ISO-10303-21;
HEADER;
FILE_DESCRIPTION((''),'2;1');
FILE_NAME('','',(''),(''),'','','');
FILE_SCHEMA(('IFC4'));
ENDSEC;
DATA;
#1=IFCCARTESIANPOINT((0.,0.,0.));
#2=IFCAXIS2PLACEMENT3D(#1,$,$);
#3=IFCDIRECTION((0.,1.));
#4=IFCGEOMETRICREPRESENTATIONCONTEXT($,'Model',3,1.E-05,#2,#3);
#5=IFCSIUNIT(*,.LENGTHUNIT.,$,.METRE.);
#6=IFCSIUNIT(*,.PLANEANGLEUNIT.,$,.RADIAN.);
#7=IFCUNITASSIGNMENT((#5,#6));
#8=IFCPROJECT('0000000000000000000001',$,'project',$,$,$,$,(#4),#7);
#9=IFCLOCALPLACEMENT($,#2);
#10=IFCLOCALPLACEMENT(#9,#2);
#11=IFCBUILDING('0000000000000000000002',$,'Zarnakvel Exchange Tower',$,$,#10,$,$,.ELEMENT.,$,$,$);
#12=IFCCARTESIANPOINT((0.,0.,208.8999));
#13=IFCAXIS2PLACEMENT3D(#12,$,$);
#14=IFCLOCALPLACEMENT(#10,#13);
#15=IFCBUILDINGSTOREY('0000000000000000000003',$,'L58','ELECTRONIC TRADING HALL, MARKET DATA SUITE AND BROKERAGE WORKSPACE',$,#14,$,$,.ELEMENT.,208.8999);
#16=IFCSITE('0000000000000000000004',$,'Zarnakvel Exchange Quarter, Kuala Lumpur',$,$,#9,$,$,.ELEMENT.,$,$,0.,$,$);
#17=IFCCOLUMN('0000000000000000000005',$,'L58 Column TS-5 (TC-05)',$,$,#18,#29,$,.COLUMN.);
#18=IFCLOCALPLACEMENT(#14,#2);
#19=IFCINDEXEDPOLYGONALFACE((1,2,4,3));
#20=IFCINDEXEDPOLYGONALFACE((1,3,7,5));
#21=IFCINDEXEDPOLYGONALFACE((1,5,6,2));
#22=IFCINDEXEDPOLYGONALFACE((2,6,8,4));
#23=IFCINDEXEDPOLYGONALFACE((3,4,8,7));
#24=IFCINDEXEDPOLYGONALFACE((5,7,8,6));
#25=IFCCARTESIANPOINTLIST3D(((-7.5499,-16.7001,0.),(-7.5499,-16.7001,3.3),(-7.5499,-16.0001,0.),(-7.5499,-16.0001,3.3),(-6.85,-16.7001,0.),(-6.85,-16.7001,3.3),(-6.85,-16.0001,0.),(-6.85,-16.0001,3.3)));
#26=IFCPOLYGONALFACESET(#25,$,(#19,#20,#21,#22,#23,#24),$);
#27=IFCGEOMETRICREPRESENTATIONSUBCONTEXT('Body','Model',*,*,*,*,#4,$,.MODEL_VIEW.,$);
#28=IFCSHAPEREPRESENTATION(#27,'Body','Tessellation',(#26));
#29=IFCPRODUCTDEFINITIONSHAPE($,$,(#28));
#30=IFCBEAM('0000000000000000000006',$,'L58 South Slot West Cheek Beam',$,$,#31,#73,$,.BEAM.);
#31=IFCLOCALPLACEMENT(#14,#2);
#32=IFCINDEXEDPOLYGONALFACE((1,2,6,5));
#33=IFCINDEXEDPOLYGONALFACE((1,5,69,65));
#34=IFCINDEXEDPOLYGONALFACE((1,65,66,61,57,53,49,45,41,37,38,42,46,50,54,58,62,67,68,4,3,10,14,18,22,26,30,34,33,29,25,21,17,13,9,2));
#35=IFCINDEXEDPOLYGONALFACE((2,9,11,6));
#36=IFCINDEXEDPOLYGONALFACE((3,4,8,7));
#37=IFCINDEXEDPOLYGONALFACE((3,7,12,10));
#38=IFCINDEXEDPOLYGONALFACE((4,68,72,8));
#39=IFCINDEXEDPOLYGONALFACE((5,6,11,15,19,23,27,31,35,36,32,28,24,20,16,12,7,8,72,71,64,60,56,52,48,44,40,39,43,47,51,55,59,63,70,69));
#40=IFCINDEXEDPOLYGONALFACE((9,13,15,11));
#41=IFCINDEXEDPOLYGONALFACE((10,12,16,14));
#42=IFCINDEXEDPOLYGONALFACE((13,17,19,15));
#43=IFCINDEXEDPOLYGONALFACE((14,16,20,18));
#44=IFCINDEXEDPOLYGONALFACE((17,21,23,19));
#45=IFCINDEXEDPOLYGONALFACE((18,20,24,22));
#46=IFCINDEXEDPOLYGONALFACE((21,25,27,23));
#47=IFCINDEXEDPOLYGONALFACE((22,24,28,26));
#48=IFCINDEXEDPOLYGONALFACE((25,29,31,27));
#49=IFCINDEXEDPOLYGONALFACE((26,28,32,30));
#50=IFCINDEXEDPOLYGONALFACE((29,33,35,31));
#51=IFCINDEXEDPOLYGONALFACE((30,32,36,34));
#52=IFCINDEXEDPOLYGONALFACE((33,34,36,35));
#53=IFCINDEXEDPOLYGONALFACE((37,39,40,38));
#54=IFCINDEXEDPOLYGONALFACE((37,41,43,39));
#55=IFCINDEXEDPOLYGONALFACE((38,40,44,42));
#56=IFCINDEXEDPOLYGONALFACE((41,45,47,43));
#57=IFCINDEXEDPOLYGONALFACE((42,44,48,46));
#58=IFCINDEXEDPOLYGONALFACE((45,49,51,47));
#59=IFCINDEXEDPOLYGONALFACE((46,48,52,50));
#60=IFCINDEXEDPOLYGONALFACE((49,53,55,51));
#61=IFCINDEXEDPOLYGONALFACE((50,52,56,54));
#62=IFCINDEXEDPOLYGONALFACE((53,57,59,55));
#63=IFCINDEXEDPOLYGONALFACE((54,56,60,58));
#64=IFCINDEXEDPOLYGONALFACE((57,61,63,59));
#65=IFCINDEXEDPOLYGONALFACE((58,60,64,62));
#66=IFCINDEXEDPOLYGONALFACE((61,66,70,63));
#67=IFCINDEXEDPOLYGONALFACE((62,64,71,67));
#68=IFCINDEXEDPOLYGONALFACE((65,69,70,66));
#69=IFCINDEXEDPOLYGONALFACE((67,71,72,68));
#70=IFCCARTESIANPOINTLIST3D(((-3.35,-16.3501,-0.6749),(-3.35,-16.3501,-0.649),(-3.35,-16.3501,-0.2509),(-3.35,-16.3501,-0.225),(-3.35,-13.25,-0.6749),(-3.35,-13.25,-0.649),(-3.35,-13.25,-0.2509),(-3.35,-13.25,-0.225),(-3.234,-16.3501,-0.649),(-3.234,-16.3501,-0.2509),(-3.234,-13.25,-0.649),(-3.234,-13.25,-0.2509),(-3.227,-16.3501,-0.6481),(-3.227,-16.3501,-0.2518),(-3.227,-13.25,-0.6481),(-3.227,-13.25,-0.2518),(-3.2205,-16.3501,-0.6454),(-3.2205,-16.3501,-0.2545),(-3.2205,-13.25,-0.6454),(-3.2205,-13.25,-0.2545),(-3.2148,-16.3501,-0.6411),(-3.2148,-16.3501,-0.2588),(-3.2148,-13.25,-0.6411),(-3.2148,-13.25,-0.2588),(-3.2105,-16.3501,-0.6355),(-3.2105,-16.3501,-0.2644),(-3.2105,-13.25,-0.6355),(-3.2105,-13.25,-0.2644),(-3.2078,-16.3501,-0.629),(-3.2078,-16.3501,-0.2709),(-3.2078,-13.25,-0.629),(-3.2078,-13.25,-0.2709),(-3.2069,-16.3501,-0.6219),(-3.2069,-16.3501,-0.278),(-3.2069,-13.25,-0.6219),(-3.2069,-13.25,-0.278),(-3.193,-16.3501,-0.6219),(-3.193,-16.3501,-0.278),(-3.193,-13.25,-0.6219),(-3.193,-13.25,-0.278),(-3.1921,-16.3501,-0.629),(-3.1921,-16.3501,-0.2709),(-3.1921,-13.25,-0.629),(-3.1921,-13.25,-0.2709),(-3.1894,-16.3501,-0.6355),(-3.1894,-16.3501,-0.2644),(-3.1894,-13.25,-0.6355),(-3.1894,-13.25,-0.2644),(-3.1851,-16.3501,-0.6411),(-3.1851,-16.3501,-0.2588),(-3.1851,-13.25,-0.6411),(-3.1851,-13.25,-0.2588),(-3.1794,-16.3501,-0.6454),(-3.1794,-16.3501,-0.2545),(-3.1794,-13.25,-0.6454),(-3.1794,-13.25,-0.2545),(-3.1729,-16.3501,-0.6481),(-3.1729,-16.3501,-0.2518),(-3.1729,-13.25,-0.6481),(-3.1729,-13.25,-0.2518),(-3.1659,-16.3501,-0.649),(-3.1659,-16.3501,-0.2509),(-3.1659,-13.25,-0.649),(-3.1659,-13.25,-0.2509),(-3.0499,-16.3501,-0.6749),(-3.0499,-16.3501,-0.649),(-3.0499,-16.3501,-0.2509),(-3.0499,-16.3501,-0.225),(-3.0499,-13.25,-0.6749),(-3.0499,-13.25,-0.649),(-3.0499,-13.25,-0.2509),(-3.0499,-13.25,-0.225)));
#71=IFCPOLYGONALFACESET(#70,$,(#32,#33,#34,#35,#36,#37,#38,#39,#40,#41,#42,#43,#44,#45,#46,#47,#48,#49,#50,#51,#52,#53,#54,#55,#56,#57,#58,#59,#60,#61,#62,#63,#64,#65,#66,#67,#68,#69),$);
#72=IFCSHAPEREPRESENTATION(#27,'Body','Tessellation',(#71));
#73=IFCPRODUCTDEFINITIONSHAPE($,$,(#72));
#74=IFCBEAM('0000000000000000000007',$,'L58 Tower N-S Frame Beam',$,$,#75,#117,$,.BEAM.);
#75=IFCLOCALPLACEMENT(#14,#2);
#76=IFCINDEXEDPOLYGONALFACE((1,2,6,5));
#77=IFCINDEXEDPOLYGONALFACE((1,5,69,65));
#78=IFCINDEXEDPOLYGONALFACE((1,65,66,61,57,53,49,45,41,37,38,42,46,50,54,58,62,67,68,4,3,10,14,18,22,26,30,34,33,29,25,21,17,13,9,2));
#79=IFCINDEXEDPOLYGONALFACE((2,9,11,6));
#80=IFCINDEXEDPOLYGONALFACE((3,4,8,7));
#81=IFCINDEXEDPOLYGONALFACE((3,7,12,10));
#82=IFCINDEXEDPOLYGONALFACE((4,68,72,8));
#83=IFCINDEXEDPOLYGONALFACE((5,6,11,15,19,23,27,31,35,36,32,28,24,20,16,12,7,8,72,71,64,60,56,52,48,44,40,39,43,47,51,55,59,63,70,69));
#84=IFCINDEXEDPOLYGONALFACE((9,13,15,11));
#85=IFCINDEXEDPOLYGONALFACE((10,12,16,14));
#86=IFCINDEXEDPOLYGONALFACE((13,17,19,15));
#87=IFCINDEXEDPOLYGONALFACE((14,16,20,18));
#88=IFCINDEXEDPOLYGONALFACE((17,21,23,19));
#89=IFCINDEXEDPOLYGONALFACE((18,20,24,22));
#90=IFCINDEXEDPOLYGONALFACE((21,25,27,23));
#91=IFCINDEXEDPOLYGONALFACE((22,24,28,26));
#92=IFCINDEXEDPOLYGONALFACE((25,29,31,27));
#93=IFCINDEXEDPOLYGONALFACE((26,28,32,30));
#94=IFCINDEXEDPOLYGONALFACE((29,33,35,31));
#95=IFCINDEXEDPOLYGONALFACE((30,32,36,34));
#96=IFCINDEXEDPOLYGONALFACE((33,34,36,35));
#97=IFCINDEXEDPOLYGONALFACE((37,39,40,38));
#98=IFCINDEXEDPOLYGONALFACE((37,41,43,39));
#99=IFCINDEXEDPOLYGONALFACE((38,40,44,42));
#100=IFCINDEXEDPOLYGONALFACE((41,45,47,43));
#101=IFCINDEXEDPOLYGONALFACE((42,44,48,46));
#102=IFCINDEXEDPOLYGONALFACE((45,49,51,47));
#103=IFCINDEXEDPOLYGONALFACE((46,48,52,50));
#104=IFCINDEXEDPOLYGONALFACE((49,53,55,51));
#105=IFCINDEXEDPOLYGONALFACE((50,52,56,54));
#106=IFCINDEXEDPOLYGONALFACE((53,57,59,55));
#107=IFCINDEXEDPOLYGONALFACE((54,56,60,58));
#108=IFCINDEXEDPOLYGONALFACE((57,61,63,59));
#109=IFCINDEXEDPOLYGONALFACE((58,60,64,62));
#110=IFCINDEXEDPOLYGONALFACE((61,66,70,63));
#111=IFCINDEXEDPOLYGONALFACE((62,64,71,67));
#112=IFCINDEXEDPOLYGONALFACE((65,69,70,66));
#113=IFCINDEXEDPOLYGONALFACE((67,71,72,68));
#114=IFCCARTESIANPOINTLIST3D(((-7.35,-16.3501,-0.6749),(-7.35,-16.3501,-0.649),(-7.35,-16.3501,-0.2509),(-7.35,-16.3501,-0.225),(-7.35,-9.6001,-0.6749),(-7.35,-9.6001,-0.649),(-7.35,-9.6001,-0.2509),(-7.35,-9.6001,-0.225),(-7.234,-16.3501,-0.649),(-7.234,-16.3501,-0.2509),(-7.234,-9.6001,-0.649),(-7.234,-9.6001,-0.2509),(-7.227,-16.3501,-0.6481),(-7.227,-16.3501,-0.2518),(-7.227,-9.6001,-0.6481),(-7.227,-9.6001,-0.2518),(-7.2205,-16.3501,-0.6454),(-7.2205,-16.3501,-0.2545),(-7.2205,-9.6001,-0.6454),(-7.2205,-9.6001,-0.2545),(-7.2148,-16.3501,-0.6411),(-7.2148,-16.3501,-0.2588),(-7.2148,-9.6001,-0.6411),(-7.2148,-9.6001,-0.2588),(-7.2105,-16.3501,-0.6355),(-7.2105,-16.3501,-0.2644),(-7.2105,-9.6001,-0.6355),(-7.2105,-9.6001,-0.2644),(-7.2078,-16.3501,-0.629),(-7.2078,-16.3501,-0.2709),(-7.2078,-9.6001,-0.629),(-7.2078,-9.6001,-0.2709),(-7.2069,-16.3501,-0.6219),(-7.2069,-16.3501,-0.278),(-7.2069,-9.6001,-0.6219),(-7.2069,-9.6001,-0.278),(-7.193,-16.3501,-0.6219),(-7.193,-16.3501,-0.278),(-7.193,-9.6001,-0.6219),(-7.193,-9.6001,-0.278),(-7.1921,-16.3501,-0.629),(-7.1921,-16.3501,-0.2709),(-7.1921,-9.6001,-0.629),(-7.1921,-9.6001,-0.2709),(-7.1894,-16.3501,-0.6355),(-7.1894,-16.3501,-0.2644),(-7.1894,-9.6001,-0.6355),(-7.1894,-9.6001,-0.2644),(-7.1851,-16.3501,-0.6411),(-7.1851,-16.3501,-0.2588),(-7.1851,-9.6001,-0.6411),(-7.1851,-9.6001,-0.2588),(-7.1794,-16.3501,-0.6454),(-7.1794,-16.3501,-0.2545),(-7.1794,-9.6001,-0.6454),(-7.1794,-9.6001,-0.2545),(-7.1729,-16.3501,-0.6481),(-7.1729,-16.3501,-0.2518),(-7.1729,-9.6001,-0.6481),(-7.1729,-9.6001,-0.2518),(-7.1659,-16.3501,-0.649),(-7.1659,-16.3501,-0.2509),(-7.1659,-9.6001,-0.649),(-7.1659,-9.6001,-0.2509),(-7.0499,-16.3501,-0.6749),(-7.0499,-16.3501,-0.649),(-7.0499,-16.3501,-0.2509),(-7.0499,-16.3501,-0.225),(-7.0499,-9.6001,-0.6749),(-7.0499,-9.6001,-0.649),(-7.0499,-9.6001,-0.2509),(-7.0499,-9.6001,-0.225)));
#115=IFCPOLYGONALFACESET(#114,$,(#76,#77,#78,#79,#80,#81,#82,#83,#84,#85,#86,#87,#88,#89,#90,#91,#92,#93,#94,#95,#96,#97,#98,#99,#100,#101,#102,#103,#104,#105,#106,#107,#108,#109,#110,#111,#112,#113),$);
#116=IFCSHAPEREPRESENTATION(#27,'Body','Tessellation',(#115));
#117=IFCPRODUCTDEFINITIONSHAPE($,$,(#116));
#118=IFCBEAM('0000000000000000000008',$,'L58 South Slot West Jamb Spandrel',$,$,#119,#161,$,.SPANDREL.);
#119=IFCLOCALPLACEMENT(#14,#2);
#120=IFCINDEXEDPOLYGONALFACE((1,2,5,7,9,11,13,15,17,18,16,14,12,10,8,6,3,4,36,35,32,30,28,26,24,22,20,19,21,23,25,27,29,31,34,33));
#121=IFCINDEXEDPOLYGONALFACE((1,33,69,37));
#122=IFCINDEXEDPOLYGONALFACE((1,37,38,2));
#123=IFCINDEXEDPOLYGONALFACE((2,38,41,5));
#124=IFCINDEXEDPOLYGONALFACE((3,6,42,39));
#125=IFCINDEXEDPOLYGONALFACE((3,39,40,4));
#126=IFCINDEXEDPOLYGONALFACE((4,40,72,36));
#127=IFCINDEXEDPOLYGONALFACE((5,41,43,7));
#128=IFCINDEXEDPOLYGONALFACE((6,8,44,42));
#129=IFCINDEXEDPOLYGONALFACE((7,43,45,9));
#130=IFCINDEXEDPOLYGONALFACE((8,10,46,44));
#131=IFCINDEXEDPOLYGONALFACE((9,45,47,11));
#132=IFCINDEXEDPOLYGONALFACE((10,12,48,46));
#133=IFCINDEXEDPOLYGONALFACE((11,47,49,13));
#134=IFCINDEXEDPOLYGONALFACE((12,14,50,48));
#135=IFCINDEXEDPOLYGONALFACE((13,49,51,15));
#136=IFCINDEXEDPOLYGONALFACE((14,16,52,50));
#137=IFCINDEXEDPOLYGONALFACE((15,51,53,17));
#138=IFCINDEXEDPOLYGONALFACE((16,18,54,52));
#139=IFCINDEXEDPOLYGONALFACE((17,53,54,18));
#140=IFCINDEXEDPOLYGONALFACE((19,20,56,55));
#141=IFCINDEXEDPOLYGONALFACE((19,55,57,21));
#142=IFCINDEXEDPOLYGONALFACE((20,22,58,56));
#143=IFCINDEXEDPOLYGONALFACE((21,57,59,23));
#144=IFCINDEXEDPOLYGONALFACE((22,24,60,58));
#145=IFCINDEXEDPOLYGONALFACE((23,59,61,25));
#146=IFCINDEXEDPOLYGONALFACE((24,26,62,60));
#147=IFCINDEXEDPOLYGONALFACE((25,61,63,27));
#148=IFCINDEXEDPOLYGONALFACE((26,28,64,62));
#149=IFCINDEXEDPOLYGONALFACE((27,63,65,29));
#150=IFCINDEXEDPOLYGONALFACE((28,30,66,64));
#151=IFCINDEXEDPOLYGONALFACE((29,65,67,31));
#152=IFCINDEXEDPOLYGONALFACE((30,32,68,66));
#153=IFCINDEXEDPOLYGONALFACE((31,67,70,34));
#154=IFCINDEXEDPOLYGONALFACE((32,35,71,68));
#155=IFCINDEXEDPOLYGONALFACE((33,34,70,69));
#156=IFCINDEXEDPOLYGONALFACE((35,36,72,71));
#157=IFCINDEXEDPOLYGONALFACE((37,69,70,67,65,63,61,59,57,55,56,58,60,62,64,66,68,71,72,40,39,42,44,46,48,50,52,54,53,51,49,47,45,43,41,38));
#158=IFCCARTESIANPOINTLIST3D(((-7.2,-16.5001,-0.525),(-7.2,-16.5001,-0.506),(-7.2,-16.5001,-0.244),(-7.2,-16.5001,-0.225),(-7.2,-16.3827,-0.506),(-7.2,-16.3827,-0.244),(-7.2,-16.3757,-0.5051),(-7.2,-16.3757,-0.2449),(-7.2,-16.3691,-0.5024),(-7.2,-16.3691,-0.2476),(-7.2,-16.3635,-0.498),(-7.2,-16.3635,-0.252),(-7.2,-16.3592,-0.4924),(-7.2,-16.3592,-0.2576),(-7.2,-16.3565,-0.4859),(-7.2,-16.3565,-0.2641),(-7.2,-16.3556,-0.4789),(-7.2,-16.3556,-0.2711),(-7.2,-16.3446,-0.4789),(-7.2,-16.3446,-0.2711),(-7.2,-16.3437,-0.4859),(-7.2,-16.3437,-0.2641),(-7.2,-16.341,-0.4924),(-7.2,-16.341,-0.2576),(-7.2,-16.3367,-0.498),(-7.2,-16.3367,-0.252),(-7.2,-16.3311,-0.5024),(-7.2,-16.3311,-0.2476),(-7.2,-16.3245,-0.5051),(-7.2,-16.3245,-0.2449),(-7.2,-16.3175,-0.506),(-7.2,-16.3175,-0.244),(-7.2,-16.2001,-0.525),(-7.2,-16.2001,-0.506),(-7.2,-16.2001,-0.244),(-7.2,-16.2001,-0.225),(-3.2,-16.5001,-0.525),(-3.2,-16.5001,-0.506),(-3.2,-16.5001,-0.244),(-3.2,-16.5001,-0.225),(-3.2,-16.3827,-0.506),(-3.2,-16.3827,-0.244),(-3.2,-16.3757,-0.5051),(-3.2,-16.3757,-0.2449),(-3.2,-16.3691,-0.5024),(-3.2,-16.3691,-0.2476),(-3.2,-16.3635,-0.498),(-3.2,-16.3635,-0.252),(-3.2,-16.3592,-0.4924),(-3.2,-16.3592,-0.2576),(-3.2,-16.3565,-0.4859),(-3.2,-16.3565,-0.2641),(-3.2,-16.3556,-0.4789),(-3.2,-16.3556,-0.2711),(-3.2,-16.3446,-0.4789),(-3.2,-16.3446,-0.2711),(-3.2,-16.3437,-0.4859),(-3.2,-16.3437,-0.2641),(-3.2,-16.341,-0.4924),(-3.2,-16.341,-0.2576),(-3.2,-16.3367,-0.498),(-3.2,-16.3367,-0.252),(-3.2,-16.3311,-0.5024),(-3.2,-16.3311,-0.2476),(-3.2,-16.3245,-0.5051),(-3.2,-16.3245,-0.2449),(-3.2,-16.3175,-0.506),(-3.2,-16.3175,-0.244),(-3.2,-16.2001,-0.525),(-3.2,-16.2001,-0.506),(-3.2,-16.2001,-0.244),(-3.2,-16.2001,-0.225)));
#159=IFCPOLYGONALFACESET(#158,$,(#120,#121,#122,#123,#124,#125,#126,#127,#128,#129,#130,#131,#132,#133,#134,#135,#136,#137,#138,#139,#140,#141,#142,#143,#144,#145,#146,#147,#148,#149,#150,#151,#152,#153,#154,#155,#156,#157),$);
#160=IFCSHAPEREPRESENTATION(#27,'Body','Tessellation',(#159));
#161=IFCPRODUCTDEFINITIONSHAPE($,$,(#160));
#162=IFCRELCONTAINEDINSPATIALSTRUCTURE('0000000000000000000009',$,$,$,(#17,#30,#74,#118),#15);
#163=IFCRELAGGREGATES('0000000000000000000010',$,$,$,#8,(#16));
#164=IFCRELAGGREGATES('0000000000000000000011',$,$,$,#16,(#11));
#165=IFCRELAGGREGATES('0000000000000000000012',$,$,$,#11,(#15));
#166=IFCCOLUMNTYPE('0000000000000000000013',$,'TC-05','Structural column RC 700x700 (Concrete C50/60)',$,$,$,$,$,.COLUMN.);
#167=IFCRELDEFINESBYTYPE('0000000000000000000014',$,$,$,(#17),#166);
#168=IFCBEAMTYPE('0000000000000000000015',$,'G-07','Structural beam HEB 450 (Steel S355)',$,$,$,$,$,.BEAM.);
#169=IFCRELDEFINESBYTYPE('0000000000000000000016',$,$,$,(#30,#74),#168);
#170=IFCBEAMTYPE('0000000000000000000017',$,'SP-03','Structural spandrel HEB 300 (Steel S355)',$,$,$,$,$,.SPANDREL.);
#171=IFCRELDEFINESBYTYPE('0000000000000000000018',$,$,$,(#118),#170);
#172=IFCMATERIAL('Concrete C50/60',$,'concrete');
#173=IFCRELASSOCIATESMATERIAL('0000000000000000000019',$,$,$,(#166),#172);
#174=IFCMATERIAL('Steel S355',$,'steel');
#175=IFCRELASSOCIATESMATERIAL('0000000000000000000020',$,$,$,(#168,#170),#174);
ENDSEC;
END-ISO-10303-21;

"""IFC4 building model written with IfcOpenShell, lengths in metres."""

from ifc_helpers import new_model, si_unit, direction, frame, origin, origin_2d, place, context, subcontext, project, spatial, rectangle, i_section, extrude, material, material_profile, profile_set, type_object, element, save


model = new_model("IFC4")

# Units and contexts
model_context = context("Model", 3, precision=1e-05, world=origin(), true_north=direction((0.0, 1.0)))
body_context = subcontext(model_context, "Body", "Model", "MODEL_VIEW")
ifc_project = project(units=[si_unit("LENGTHUNIT", "METRE"), si_unit("PLANEANGLEUNIT", "RADIAN")], contexts=[model_context])

# Site, building, storey
site_placement = place(None, origin())
site = spatial("IfcSite", under=ifc_project, at=site_placement, Name="Zarnakvel Exchange Quarter, Kuala Lumpur", CompositionType="ELEMENT", RefElevation=0.0)
building_placement = place(site_placement, origin())
building = spatial("IfcBuilding", under=site, at=building_placement, Name="Zarnakvel Exchange Tower", CompositionType="ELEMENT")
storey_placement = place(building_placement, frame((0.0, 0.0, 208.8999)))
storey = spatial("IfcBuildingStorey", under=building, at=storey_placement, Name="L58", Description="ELECTRONIC TRADING HALL, MARKET DATA SUITE AND BROKERAGE WORKSPACE", CompositionType="ELEMENT", Elevation=208.8999)

# Column
ifc_material_1 = material(Name="Concrete C50/60", Category="concrete")
ifc_material_profile_1 = material_profile(ifc_material_1, rectangle(XDim=0.7, YDim=0.7, at=origin_2d()))
ifc_profile_set_1 = profile_set([ifc_material_profile_1], Name="Concrete C50/60")
column_type = type_object("IfcColumnType", Name="TC-05", Description="Structural column RC 700x700 (Concrete C50/60)", PredefinedType="COLUMN", material=ifc_profile_set_1)
column_placement = place(storey_placement, frame((-7.2, -16.3501, 0.0), z_axis=(0.0, 0.0, 1.0), x_axis=(1.0, 0.0, 0.0)))
element("IfcColumn", 1, at=column_placement, inside=storey, type_object=column_type, Name="L58 Column TS-5 (TC-05)", PredefinedType="COLUMN", context=body_context, shape_type="SweptSolid", body=[
    extrude(rectangle(XDim=0.7, YDim=0.7, at=origin_2d()), origin(), (0.0, 0.0, 1.0), 3.3),
])

# Beams
ifc_material_2 = material(Name="Steel S355", Category="steel")
ifc_material_profile_2 = material_profile(ifc_material_2, i_section(OverallWidth=0.3, OverallDepth=0.45, WebThickness=0.0139, FlangeThickness=0.0259, FilletRadius=0.0271, at=origin_2d()))
ifc_profile_set_2 = profile_set([ifc_material_profile_2], Name="Steel S355")
beam_type_1 = type_object("IfcBeamType", Name="G-07", Description="Structural beam HEB 450 (Steel S355)", PredefinedType="BEAM", material=ifc_profile_set_2)
beam_1_placement = place(storey_placement, frame((-3.2, -16.3501, -0.45), z_axis=(0.0, 1.0, 0.0), x_axis=(-1.0, 0.0, 0.0)))
element("IfcBeam", 2, at=beam_1_placement, inside=storey, type_object=beam_type_1, Name="L58 South Slot West Cheek Beam", PredefinedType="BEAM", context=body_context, shape_type="SweptSolid", body=[
    extrude(i_section(OverallWidth=0.3, OverallDepth=0.45, WebThickness=0.0139, FlangeThickness=0.0259, FilletRadius=0.0271, at=origin_2d()), origin(), (0.0, 0.0, 1.0), 3.1001),
])
beam_2_placement = place(storey_placement, frame((-7.2, -16.3501, -0.45), z_axis=(0.0, 1.0, 0.0), x_axis=(-1.0, 0.0, 0.0)))
element("IfcBeam", 3, at=beam_2_placement, inside=storey, type_object=beam_type_1, Name="L58 Tower N-S Frame Beam", PredefinedType="BEAM", context=body_context, shape_type="SweptSolid", body=[
    extrude(i_section(OverallWidth=0.3, OverallDepth=0.45, WebThickness=0.0139, FlangeThickness=0.0259, FilletRadius=0.0271, at=origin_2d()), origin(), (0.0, 0.0, 1.0), 6.75),
])
ifc_material_profile_3 = material_profile(ifc_material_2, i_section(OverallWidth=0.3, OverallDepth=0.3, WebThickness=0.011, FlangeThickness=0.019, FilletRadius=0.0271, at=origin_2d()))
ifc_profile_set_3 = profile_set([ifc_material_profile_3], Name="Steel S355")
beam_type_2 = type_object("IfcBeamType", Name="SP-03", Description="Structural spandrel HEB 300 (Steel S355)", PredefinedType="SPANDREL", material=ifc_profile_set_3)
beam_3_placement = place(storey_placement, frame((-7.2, -16.3501, -0.375), z_axis=(1.0, 0.0, 0.0), x_axis=(0.0, 1.0, 0.0)))
element("IfcBeam", 4, at=beam_3_placement, inside=storey, type_object=beam_type_2, Name="L58 South Slot West Jamb Spandrel", PredefinedType="SPANDREL", context=body_context, shape_type="SweptSolid", body=[
    extrude(i_section(OverallWidth=0.3, OverallDepth=0.3, WebThickness=0.011, FlangeThickness=0.019, FilletRadius=0.0271, at=origin_2d()), origin(), (0.0, 0.0, 1.0), 4.0),
])

save(model, "model.ifc")
